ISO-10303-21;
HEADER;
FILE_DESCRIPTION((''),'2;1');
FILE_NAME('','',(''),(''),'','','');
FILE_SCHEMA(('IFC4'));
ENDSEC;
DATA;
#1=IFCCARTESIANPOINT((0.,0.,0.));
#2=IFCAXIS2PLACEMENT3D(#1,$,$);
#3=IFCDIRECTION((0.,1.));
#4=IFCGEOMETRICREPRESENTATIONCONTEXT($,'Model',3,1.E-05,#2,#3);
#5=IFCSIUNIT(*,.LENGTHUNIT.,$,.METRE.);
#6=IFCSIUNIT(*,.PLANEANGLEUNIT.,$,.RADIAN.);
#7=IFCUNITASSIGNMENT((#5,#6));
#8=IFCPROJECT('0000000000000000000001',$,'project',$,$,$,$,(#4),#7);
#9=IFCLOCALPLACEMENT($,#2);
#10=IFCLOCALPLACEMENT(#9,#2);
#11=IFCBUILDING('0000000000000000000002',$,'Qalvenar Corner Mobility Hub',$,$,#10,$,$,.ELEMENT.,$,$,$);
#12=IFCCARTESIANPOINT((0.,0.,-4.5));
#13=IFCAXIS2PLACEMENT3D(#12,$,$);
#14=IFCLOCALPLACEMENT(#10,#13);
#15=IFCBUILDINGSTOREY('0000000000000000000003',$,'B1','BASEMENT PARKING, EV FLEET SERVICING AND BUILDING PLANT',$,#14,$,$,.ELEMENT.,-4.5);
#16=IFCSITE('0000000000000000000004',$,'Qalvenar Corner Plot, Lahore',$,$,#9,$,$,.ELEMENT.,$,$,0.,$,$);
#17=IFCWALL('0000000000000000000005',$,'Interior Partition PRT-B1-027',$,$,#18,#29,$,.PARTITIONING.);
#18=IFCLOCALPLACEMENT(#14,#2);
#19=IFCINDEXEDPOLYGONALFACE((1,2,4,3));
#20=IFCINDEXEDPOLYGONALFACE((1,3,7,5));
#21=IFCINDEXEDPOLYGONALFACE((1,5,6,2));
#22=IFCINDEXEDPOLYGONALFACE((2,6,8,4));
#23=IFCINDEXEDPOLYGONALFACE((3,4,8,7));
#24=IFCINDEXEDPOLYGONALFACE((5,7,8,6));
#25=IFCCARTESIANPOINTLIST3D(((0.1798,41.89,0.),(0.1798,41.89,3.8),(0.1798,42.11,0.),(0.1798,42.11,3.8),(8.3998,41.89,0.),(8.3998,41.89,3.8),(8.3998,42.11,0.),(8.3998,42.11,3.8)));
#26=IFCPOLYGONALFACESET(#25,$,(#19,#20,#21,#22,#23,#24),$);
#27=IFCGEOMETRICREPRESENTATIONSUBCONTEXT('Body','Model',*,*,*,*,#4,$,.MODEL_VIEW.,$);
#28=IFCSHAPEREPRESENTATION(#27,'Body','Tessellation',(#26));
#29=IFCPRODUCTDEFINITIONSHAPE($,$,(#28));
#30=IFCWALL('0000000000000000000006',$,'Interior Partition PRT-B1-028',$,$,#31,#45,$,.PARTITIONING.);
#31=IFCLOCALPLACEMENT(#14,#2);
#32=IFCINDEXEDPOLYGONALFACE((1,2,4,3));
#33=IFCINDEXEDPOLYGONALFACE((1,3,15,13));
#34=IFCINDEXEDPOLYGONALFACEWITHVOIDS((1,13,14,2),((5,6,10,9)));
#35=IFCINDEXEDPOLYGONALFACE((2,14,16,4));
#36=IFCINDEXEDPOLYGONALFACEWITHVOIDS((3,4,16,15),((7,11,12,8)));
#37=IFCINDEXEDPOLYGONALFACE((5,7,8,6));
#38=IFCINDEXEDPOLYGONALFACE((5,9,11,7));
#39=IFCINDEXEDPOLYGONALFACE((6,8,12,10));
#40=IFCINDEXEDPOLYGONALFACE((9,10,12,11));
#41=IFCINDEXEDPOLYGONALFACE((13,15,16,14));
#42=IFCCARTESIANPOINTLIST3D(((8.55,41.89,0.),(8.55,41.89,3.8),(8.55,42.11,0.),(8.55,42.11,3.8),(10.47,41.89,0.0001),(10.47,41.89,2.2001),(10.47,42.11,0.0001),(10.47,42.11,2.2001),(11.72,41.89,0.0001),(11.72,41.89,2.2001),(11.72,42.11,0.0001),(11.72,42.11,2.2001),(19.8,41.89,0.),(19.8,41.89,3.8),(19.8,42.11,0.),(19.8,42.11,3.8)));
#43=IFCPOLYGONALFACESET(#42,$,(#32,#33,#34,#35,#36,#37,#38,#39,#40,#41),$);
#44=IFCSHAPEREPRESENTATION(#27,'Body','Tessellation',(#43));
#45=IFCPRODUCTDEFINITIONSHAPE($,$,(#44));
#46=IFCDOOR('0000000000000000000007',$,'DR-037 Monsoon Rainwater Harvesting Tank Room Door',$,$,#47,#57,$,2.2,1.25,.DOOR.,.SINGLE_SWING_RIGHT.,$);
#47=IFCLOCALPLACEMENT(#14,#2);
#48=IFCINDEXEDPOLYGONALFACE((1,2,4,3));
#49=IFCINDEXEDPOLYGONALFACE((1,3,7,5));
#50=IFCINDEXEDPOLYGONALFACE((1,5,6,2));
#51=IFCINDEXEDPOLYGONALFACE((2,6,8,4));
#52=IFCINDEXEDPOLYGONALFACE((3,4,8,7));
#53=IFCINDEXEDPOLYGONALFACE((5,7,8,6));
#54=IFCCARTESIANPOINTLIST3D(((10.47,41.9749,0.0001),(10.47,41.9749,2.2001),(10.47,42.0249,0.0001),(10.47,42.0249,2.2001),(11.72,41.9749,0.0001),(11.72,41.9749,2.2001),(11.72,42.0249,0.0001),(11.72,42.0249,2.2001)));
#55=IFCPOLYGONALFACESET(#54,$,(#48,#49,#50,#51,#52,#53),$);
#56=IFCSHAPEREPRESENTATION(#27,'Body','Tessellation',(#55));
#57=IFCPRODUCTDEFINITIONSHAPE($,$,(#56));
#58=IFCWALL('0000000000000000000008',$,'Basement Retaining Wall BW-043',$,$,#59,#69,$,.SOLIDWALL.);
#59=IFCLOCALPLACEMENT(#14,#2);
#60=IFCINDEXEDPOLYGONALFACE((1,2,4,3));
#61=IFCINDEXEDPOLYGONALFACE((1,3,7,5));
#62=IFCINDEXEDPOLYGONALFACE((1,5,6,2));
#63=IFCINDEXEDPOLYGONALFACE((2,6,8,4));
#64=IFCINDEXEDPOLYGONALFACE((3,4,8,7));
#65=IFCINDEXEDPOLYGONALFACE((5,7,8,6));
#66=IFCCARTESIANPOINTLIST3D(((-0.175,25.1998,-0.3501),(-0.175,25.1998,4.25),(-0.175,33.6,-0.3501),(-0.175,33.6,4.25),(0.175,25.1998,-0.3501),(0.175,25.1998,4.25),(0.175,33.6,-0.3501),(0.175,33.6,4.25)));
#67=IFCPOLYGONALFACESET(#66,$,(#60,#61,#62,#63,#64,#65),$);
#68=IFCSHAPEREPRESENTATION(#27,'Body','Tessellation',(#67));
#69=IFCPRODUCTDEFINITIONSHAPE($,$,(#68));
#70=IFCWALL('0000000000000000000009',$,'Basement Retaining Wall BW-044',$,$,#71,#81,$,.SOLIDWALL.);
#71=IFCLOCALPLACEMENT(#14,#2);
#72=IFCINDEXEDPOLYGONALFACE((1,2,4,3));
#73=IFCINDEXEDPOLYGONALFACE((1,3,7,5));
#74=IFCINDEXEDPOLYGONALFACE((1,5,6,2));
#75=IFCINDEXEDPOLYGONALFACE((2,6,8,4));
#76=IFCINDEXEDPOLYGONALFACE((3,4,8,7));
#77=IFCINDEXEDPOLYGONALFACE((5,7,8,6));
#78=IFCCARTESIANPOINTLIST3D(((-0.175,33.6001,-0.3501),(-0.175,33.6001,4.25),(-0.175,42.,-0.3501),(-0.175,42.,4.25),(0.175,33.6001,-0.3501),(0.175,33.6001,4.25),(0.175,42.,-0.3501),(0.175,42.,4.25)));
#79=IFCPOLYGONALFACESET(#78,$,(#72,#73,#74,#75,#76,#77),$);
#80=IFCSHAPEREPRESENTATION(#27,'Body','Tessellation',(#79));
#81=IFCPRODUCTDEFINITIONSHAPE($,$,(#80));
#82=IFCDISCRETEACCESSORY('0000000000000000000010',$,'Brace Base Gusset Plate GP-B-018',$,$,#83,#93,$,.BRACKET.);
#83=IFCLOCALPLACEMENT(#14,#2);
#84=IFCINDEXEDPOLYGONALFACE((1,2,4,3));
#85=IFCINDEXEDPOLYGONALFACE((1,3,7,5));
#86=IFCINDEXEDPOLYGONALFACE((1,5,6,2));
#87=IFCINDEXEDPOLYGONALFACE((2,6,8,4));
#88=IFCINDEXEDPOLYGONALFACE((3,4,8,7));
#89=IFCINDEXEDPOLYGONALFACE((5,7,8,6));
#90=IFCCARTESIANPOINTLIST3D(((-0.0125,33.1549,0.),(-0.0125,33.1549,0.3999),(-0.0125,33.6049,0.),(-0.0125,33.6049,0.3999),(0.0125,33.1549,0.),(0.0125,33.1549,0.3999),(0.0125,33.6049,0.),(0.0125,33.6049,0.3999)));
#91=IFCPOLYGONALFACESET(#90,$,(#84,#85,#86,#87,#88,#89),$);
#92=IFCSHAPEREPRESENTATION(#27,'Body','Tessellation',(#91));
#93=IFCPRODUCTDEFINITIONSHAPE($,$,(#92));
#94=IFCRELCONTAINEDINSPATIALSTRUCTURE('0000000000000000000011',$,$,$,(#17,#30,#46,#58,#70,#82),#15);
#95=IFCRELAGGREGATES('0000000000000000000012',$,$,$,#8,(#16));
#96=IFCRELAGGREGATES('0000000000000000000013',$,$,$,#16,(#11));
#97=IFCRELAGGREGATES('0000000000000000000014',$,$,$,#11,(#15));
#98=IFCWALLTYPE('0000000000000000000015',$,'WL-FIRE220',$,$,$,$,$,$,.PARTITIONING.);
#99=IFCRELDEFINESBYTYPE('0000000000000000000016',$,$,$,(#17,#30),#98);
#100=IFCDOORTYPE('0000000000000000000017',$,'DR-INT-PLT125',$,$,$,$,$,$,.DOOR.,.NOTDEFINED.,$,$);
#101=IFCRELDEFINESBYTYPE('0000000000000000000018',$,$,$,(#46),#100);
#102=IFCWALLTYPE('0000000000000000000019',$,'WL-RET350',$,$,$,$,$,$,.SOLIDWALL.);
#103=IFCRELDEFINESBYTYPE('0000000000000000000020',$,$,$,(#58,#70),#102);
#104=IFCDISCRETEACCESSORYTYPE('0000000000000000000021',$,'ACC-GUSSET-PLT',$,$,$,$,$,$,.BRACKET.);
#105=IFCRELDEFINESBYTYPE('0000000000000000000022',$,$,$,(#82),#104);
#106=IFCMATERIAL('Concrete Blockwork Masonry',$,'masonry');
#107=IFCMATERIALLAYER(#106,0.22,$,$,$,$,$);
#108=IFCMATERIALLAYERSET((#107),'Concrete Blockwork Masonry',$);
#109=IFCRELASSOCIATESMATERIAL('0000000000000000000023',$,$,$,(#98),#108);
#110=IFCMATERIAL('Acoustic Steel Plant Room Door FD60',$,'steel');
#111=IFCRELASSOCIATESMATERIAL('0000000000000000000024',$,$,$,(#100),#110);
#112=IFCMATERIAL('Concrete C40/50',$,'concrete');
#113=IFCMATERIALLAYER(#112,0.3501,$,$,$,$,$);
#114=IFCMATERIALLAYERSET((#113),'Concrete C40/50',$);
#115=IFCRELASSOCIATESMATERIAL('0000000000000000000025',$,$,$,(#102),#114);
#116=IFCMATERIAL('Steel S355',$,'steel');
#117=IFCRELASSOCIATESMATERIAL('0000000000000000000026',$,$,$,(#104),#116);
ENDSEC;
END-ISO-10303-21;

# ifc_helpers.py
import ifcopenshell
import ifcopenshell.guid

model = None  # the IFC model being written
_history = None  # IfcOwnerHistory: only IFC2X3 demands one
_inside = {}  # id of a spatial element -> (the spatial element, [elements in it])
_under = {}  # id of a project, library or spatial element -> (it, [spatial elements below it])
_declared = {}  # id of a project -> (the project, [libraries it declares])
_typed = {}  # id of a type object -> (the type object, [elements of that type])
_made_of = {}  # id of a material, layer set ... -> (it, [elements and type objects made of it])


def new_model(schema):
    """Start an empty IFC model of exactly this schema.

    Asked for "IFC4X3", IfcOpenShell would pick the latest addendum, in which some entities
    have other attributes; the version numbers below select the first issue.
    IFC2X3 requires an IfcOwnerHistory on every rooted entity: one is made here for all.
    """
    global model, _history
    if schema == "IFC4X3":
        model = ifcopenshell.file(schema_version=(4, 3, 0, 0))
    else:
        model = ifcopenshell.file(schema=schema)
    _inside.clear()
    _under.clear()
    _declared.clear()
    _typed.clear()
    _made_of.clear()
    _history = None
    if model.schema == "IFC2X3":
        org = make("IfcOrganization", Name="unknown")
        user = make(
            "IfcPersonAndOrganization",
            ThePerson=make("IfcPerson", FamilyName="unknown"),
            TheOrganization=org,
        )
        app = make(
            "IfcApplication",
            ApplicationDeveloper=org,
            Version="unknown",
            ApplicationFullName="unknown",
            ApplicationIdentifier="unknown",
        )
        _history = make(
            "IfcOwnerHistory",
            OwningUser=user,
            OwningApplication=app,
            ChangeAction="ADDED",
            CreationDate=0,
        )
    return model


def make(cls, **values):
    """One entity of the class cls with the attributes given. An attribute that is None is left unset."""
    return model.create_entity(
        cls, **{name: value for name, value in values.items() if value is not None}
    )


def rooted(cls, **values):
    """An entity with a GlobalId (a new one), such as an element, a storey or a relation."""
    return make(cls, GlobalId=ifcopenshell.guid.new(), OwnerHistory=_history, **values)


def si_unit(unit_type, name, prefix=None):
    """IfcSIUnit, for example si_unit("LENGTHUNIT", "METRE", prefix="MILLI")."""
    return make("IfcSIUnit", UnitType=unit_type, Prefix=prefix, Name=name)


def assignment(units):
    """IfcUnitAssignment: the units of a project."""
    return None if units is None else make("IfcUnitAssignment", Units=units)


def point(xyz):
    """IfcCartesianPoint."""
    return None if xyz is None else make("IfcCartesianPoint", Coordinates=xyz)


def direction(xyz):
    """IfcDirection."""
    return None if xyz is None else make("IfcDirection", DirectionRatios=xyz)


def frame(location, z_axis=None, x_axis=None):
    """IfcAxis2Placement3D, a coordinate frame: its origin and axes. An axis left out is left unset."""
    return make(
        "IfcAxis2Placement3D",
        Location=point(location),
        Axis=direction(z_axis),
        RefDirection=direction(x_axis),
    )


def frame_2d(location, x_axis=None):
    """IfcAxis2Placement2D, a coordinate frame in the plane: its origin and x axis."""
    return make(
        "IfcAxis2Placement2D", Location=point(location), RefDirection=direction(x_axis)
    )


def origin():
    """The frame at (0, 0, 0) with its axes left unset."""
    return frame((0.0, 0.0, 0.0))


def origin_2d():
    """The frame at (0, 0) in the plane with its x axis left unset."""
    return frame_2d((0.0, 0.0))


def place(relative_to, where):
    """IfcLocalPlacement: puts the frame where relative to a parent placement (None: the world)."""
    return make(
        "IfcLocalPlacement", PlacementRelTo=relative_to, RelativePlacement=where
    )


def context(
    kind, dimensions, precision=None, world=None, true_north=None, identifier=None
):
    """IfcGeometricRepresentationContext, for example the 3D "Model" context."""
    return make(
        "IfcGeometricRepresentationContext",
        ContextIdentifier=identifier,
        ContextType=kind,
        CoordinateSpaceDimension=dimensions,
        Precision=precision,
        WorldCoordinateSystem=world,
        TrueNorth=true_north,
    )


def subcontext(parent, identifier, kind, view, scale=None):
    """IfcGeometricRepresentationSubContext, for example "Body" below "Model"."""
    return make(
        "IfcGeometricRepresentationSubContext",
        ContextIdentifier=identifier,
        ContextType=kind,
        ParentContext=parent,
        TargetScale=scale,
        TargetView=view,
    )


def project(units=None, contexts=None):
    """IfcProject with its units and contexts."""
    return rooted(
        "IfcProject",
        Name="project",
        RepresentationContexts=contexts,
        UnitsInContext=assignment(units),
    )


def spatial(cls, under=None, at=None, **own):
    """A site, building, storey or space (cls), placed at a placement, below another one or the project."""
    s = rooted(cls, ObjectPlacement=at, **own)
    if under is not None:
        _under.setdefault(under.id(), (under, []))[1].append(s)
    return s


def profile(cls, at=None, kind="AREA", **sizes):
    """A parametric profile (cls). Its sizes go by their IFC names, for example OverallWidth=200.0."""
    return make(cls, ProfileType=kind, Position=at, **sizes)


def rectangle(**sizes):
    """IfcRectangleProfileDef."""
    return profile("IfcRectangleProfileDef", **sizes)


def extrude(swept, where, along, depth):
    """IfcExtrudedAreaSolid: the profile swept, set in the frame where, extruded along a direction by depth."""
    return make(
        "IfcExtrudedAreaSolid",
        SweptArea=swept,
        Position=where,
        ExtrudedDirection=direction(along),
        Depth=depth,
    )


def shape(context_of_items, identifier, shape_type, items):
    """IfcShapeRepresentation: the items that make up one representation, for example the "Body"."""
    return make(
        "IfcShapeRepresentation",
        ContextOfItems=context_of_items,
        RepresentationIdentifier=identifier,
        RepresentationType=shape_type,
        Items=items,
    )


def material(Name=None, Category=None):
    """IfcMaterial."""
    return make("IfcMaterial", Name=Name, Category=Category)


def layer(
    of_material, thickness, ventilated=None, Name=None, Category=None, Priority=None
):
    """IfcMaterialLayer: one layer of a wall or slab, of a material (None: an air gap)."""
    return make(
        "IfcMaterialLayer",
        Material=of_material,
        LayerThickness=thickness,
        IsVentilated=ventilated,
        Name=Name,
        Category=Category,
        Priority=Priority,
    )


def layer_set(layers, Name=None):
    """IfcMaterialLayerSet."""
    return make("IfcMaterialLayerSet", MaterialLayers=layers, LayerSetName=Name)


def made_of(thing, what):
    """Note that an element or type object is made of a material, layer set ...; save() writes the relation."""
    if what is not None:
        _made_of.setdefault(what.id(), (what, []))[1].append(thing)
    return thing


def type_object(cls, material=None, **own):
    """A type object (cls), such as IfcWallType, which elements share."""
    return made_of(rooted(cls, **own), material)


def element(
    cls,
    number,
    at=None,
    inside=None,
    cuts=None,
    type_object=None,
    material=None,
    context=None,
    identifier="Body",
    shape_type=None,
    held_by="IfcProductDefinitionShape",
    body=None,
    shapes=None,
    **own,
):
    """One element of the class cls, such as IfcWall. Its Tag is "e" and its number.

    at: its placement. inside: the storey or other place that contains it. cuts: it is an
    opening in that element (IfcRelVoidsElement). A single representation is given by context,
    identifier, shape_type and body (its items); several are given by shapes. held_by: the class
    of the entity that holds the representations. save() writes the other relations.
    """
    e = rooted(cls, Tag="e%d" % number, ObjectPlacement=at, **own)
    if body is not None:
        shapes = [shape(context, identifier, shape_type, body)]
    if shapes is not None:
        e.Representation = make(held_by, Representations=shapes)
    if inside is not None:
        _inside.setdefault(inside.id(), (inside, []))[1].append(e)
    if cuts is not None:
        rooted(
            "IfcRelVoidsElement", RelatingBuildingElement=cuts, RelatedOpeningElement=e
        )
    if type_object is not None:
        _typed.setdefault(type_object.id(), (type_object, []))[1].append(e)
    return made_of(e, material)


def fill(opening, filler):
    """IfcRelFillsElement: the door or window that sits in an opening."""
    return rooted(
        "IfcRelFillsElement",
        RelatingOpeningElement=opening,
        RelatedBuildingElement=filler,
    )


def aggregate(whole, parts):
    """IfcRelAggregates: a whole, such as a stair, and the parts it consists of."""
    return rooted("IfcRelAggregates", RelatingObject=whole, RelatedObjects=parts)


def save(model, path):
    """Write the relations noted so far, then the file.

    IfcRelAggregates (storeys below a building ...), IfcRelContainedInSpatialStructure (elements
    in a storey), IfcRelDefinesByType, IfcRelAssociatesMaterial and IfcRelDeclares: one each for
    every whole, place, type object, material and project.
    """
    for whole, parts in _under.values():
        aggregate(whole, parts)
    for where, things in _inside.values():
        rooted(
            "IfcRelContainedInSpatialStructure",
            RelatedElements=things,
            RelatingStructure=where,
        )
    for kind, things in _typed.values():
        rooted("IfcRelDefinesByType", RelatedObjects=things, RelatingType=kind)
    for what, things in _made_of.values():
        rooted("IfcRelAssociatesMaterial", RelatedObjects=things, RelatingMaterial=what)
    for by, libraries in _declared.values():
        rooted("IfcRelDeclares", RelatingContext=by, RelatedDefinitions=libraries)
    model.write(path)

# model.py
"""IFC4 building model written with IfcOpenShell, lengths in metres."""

from ifc_helpers import new_model, si_unit, direction, frame, frame_2d, origin, origin_2d, place, context, subcontext, project, spatial, rectangle, extrude, material, layer, layer_set, type_object, element, fill, save


model = new_model("IFC4")

# Units and contexts
model_context = context("Model", 3, precision=1e-05, world=origin(), true_north=direction((0.0, 1.0)))
body_context = subcontext(model_context, "Body", "Model", "MODEL_VIEW")
ifc_project = project(units=[si_unit("LENGTHUNIT", "METRE"), si_unit("PLANEANGLEUNIT", "RADIAN")], contexts=[model_context])

# Site, building, storey
site_placement = place(None, origin())
site = spatial("IfcSite", under=ifc_project, at=site_placement, Name="Qalvenar Corner Plot, Lahore", CompositionType="ELEMENT", RefElevation=0.0)
building_placement = place(site_placement, origin())
building = spatial("IfcBuilding", under=site, at=building_placement, Name="Qalvenar Corner Mobility Hub", CompositionType="ELEMENT")
storey_placement = place(building_placement, frame((0.0, 0.0, -4.5)))
storey = spatial("IfcBuildingStorey", under=building, at=storey_placement, Name="B1", Description="BASEMENT PARKING, EV FLEET SERVICING AND BUILDING PLANT", CompositionType="ELEMENT", Elevation=-4.5)

# Shared definitions
ifc_material_1 = material(Name="Concrete C40/50", Category="concrete")

# Shared definitions
ifc_material_2 = material(Name="Steel S355", Category="steel")

# Wall
ifc_material_3 = material(Name="Concrete Blockwork Masonry", Category="masonry")
ifc_layer_1 = layer(ifc_material_3, 0.22)
ifc_layer_set_1 = layer_set([ifc_layer_1], Name="Concrete Blockwork Masonry")
wall_type_1 = type_object("IfcWallType", Name="WL-FIRE220", PredefinedType="PARTITIONING", material=ifc_layer_set_1)
wall_1_placement = place(storey_placement, frame((0.1799, 42.0, 0.0), z_axis=(0.0, 0.0, 1.0), x_axis=(1.0, 0.0, 0.0)))
element("IfcWall", 1, at=wall_1_placement, inside=storey, type_object=wall_type_1, Name="Interior Partition PRT-B1-027", PredefinedType="PARTITIONING", context=body_context, shape_type="SweptSolid", body=[
    extrude(rectangle(XDim=8.22, YDim=0.22, at=frame_2d((4.1099, 0.0))), origin(), (0.0, 0.0, 1.0), 3.8),
])

# Wall, opening, door
wall_2_placement = place(storey_placement, frame((8.55, 42.0, 0.0), z_axis=(0.0, 0.0, 1.0), x_axis=(1.0, 0.0, 0.0)))
wall_2 = element("IfcWall", 2, at=wall_2_placement, inside=storey, type_object=wall_type_1, Name="Interior Partition PRT-B1-028", PredefinedType="PARTITIONING", context=body_context, shape_type="SweptSolid", body=[
    extrude(rectangle(XDim=11.25, YDim=0.22, at=frame_2d((5.625, 0.0))), origin(), (0.0, 0.0, 1.0), 3.8),
])
opening_placement = place(wall_2_placement, frame((1.9199, 0.0, 0.0)))
opening = element("IfcOpeningElement", 3, at=opening_placement, cuts=wall_2, PredefinedType="OPENING", context=body_context, shape_type="SweptSolid", body=[
    extrude(rectangle(XDim=1.25, YDim=2.2, at=frame_2d((0.625, 1.1001))), frame((0.0, 0.1201, 0.0), z_axis=(0.0, -1.0, 0.0), x_axis=(1.0, 0.0, 0.0)), (0.0, 0.0, 1.0), 0.24),
])
ifc_material_4 = material(Name="Acoustic Steel Plant Room Door FD60", Category="steel")
door_type = type_object("IfcDoorType", Name="DR-INT-PLT125", OperationType="NOTDEFINED", PredefinedType="DOOR", material=ifc_material_4)
door_placement = place(opening_placement, origin())
door = element("IfcDoor", 4, at=door_placement, inside=storey, type_object=door_type, Name="DR-037 Monsoon Rainwater Harvesting Tank Room Door", OperationType="SINGLE_SWING_RIGHT", OverallHeight=2.2, OverallWidth=1.25, PredefinedType="DOOR", context=body_context, shape_type="SweptSolid", body=[
    extrude(rectangle(XDim=1.25, YDim=2.2, at=frame_2d((0.625, 1.1001))), frame((0.0, 0.0249, 0.0), z_axis=(0.0, -1.0, 0.0), x_axis=(1.0, 0.0, 0.0)), (0.0, 0.0, 1.0), 0.05),
])
fill(opening, door)

# Walls
ifc_layer_2 = layer(ifc_material_1, 0.3501)
ifc_layer_set_2 = layer_set([ifc_layer_2], Name="Concrete C40/50")
wall_type_2 = type_object("IfcWallType", Name="WL-RET350", PredefinedType="SOLIDWALL", material=ifc_layer_set_2)
wall_3_placement = place(storey_placement, frame((0.0, 33.6001, -0.3501), z_axis=(0.0, 0.0, 1.0), x_axis=(0.0, -1.0, 0.0)))
element("IfcWall", 5, at=wall_3_placement, inside=storey, type_object=wall_type_2, Name="Basement Retaining Wall BW-043", PredefinedType="SOLIDWALL", context=body_context, shape_type="SweptSolid", body=[
    extrude(rectangle(XDim=8.4001, YDim=0.3501, at=frame_2d((4.2002, 0.0))), origin(), (0.0, 0.0, 1.0), 4.6001),
])
wall_4_placement = place(storey_placement, frame((0.0, 42.0, -0.3501), z_axis=(0.0, 0.0, 1.0), x_axis=(0.0, -1.0, 0.0)))
element("IfcWall", 6, at=wall_4_placement, inside=storey, type_object=wall_type_2, Name="Basement Retaining Wall BW-044", PredefinedType="SOLIDWALL", context=body_context, shape_type="SweptSolid", body=[
    extrude(rectangle(XDim=8.3999, YDim=0.3501, at=frame_2d((4.2, 0.0))), origin(), (0.0, 0.0, 1.0), 4.6001),
])

# Discrete accessory
discrete_accessory_type = type_object("IfcDiscreteAccessoryType", Name="ACC-GUSSET-PLT", PredefinedType="BRACKET", material=ifc_material_2)
discrete_accessory_placement = place(storey_placement, frame((0.0, 33.3799, 0.0), z_axis=(0.0, 0.0, 1.0), x_axis=(0.0, 1.0, 0.0)))
element("IfcDiscreteAccessory", 7, at=discrete_accessory_placement, inside=storey, type_object=discrete_accessory_type, Name="Brace Base Gusset Plate GP-B-018", PredefinedType="BRACKET", context=body_context, shape_type="SweptSolid", body=[
    extrude(rectangle(XDim=0.45, YDim=0.0249, at=origin_2d()), origin(), (0.0, 0.0, 1.0), 0.3999),
])

save(model, "model.ifc")
